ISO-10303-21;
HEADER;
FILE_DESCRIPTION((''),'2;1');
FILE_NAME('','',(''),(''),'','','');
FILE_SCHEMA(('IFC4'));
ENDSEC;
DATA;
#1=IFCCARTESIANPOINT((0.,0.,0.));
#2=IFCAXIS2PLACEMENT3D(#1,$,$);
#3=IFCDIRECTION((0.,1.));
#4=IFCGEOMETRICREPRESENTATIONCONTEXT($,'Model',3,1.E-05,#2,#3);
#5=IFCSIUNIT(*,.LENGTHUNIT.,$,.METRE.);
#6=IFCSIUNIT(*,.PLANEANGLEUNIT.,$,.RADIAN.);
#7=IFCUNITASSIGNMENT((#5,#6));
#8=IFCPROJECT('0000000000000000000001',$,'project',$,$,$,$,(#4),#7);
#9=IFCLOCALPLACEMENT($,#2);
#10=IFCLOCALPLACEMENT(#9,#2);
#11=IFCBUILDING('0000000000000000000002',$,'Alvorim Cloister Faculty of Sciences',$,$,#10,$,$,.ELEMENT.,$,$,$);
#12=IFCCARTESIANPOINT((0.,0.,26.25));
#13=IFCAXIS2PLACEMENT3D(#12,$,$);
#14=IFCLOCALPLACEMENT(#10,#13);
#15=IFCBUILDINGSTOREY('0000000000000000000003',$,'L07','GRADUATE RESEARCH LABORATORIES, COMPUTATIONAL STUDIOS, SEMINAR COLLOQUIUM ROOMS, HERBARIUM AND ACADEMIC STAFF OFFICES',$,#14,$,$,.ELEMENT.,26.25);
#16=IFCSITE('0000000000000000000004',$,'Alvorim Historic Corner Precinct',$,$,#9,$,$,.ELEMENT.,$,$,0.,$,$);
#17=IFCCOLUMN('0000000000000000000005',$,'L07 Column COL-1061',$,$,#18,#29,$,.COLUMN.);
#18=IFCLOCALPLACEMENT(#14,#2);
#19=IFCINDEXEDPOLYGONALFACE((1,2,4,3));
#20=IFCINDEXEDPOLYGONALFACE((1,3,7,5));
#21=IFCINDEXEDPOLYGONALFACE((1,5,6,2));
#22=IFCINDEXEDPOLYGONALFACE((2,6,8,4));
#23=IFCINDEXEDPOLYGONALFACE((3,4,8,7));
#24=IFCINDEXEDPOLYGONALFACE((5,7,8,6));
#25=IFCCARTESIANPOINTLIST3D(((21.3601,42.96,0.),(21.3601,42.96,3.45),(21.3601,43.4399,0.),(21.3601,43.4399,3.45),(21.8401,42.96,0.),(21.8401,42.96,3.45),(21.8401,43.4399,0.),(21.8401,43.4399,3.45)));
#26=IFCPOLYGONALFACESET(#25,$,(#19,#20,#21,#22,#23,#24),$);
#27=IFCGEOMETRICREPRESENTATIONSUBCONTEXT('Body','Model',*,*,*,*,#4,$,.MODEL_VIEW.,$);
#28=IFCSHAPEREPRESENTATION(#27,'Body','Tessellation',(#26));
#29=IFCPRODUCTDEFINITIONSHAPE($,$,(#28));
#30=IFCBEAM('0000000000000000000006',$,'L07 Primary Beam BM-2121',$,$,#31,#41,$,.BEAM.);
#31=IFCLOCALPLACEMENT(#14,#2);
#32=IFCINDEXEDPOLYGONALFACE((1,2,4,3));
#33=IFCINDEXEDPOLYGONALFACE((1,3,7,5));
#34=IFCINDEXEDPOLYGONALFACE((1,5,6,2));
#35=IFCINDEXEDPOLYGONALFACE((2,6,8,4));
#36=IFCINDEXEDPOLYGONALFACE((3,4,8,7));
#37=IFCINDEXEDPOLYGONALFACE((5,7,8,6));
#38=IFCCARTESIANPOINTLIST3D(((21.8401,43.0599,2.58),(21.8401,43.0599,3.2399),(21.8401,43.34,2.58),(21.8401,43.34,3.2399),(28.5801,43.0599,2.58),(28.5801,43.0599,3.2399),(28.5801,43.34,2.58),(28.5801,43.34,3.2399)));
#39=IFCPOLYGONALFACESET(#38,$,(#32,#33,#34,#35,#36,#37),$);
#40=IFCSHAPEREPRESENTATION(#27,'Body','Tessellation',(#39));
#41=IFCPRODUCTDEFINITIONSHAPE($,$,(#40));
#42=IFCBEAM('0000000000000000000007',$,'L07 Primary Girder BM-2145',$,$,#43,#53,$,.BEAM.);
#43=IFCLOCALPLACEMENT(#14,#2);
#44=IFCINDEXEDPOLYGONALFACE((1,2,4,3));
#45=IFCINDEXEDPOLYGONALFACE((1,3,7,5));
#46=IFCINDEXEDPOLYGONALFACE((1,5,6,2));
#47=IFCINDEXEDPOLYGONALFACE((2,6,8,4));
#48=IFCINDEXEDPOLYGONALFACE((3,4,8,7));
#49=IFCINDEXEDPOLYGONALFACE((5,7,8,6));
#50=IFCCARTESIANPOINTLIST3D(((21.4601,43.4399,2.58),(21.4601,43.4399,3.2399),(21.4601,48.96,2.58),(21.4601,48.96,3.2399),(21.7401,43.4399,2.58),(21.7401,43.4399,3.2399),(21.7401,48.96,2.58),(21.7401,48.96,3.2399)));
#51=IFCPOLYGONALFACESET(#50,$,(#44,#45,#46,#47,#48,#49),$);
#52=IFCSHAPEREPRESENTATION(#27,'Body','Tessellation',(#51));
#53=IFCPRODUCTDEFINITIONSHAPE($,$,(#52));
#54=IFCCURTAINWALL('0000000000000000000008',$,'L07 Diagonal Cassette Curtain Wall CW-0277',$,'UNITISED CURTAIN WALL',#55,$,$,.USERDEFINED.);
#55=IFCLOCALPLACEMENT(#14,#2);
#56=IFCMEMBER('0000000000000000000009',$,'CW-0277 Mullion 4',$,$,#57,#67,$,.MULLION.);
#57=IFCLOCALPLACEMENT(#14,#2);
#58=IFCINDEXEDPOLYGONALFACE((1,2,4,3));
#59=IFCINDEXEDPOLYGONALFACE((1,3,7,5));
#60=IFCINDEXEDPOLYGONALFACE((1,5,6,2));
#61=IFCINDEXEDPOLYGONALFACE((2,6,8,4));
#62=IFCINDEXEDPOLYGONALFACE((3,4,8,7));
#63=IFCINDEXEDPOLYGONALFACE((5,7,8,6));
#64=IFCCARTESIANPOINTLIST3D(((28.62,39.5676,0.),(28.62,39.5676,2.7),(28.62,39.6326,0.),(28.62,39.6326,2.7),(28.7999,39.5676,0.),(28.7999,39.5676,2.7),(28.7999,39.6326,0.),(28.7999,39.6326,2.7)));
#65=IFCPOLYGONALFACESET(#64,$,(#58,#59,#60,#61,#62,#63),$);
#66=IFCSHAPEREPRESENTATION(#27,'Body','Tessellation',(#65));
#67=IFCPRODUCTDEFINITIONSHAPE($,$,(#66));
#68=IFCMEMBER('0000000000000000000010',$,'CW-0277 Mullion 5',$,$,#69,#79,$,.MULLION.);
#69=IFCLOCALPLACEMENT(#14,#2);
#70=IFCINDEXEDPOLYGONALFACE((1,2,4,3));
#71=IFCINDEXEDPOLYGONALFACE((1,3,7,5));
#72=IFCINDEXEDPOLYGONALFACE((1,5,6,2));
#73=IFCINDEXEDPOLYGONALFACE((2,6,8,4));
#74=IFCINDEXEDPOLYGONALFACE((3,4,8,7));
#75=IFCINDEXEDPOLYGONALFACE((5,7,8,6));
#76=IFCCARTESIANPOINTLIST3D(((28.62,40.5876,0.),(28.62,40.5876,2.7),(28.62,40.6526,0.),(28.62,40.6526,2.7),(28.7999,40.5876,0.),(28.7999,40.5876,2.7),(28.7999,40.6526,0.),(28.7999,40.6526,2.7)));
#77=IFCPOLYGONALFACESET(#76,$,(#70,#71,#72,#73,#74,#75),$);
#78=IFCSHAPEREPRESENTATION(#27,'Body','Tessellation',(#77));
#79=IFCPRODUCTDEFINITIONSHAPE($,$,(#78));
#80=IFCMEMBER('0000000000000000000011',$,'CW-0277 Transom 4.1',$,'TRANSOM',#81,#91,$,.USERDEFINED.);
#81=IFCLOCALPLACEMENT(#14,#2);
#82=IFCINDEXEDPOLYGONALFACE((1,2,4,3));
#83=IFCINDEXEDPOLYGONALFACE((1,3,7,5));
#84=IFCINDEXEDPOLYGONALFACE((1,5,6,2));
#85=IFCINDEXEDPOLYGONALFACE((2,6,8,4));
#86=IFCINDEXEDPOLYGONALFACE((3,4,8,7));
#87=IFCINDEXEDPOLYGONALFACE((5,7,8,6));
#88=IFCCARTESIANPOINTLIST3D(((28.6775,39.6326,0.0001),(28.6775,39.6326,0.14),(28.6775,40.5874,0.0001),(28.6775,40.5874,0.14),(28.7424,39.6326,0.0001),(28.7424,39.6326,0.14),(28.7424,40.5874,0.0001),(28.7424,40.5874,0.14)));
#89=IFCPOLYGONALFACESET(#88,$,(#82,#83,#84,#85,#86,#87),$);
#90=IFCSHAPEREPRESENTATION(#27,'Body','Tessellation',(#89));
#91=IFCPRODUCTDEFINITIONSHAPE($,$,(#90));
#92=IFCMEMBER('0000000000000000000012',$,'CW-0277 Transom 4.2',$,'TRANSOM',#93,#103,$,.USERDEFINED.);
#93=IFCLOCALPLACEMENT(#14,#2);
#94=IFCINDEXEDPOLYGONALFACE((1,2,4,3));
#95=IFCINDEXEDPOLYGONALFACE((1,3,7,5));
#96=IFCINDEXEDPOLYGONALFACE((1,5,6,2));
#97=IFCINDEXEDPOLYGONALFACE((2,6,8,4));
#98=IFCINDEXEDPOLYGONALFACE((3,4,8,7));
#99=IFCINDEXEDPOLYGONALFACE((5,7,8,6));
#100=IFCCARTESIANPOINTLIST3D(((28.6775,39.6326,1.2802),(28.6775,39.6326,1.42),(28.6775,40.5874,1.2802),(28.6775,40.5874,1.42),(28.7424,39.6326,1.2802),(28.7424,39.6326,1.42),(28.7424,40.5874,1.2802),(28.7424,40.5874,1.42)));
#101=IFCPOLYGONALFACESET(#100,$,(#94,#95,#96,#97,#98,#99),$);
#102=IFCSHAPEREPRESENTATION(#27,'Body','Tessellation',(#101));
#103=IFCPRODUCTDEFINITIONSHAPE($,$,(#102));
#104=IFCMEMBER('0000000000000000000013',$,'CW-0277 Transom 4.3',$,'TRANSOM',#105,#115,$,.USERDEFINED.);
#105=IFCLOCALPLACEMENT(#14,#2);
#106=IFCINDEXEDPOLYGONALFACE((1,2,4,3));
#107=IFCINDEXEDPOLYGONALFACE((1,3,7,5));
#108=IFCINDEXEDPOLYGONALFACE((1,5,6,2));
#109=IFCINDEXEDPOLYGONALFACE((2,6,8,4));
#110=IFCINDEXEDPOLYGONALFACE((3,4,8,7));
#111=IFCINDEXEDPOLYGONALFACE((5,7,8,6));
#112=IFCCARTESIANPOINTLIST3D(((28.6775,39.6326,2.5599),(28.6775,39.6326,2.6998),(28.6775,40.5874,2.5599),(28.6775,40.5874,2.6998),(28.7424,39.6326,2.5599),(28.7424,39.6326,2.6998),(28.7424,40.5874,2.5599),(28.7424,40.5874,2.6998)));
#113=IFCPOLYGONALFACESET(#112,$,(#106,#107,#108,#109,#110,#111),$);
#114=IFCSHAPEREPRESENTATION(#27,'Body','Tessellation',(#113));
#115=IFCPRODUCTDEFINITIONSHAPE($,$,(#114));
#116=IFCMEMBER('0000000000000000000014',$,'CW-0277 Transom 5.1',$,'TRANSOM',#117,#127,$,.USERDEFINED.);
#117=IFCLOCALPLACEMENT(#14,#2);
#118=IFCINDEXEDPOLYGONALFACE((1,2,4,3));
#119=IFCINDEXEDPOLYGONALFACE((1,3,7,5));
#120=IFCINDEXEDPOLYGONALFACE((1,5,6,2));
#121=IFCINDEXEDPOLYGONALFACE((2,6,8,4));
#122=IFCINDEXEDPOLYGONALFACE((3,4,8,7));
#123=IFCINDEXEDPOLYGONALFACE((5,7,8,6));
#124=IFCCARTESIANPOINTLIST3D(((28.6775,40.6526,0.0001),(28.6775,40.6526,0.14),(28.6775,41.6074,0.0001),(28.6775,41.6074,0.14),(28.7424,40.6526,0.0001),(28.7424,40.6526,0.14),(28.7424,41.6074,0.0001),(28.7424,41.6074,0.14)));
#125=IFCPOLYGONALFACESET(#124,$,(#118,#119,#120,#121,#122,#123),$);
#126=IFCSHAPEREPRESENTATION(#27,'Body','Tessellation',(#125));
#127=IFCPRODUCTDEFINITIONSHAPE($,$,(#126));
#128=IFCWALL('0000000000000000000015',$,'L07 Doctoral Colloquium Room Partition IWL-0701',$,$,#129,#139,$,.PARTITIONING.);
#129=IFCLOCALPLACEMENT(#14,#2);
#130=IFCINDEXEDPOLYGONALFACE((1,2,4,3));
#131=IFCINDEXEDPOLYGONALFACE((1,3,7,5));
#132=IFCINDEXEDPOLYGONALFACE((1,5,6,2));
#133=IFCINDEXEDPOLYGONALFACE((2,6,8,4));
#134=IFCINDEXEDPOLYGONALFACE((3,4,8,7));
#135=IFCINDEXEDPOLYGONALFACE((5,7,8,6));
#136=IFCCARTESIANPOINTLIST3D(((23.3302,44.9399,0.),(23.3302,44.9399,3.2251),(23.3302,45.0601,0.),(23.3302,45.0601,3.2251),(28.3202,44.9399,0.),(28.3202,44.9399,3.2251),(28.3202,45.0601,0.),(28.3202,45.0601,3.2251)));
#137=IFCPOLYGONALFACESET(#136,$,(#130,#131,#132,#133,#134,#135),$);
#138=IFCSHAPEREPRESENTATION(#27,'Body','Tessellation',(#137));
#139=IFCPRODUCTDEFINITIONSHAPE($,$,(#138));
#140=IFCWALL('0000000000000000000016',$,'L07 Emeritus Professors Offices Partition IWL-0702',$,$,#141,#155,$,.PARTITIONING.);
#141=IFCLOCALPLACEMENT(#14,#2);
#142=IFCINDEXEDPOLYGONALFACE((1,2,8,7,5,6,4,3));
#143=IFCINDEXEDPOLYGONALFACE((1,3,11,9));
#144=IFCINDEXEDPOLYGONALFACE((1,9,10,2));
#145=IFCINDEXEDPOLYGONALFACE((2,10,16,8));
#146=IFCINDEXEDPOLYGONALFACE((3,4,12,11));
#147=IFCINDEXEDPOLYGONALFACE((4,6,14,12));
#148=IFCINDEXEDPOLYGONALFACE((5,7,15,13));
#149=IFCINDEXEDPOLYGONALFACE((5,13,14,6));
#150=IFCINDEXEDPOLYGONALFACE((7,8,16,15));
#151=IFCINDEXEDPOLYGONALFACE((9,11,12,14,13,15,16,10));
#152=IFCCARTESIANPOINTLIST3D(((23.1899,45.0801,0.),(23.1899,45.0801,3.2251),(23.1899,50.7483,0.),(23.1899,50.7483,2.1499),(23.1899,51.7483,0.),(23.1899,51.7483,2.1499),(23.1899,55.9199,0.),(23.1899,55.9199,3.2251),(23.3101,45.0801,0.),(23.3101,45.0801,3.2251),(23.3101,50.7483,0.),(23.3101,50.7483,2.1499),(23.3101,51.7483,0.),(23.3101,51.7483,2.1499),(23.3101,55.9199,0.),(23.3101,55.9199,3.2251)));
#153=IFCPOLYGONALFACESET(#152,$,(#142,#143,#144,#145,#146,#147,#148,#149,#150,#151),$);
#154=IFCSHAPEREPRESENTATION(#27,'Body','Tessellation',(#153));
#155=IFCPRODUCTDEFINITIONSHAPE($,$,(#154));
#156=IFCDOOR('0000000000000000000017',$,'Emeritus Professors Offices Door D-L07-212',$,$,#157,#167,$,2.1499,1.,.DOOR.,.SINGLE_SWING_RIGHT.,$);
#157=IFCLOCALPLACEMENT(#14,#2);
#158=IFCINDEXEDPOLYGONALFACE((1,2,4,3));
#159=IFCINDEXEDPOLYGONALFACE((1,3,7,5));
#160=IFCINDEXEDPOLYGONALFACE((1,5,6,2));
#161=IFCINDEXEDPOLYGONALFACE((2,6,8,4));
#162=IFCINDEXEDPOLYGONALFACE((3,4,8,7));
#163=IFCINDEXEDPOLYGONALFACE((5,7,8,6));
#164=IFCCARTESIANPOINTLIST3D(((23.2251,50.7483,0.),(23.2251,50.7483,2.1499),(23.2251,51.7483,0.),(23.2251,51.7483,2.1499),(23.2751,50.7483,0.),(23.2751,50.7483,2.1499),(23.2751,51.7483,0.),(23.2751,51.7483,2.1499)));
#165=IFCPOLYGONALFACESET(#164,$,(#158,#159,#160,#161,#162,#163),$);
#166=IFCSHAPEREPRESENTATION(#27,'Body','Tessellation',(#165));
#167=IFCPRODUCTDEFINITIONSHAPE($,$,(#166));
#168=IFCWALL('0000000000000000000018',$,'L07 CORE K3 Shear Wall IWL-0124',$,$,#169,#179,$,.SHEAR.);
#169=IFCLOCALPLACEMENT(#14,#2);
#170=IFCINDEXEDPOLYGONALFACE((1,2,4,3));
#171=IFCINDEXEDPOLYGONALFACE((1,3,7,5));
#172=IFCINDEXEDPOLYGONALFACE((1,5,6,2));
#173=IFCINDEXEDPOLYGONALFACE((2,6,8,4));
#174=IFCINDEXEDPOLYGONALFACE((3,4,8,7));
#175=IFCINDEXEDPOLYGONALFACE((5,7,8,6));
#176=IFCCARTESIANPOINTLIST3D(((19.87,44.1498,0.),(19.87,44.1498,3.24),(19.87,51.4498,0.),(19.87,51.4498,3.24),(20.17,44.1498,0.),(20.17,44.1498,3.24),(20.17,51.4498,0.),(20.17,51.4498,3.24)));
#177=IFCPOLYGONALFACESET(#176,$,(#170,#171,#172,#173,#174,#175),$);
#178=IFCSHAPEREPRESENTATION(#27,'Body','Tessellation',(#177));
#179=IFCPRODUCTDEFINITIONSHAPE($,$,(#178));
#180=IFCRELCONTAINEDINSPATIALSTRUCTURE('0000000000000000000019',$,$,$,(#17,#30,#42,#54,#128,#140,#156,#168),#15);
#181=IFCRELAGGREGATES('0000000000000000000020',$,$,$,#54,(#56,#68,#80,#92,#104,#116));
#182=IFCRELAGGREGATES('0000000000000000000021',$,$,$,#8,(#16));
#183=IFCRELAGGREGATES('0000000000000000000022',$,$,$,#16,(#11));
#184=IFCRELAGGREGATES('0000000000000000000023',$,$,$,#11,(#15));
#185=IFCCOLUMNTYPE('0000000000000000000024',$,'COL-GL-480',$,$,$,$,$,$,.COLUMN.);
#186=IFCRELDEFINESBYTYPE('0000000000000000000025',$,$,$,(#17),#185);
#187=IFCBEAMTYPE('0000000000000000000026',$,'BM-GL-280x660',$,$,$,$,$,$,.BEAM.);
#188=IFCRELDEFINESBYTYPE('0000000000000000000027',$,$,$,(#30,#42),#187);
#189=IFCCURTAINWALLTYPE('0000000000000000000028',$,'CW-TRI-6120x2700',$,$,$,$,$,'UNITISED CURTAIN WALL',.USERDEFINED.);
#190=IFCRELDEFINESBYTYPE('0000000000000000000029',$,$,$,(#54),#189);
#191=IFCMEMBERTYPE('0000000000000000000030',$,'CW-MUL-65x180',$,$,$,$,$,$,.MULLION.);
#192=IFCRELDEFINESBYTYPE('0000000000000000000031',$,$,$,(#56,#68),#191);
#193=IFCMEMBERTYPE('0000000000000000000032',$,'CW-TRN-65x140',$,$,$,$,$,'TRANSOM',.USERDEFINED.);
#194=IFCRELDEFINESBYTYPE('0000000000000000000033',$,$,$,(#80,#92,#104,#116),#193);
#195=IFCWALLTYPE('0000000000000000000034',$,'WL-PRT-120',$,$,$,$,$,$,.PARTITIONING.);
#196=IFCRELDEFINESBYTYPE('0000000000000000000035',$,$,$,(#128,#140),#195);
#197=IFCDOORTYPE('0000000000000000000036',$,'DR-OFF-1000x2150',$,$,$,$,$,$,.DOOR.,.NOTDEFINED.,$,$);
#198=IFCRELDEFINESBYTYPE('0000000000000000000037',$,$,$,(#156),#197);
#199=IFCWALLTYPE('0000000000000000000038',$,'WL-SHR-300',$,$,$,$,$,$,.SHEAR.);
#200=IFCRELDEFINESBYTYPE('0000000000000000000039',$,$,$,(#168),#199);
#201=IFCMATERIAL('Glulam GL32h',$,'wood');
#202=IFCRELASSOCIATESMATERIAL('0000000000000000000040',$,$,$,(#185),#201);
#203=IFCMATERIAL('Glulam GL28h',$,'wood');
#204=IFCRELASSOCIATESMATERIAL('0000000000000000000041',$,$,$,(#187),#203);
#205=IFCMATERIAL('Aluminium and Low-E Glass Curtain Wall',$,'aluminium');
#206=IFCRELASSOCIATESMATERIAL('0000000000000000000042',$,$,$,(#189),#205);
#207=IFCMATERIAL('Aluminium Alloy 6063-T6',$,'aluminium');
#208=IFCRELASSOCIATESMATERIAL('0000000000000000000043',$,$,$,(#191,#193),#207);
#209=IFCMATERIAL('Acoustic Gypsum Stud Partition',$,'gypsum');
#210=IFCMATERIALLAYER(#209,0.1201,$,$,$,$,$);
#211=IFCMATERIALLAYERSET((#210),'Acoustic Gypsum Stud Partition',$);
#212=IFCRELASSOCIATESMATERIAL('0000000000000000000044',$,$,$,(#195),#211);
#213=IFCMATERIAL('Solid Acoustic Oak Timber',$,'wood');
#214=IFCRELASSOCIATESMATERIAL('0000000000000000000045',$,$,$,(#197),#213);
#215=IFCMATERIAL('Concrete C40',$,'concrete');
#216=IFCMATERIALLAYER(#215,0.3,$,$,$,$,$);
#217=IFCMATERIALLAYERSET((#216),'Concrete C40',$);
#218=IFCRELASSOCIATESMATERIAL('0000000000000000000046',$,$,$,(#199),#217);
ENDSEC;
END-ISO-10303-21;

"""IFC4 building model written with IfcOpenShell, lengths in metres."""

from ifc_helpers import new_model, si_unit, direction, frame, frame_2d, origin, origin_2d, place, context, subcontext, project, spatial, rectangle, extrude, material, layer, layer_set, material_profile, profile_set, type_object, element, fill, aggregate, save


model = new_model("IFC4")

# Units and contexts
model_context = context("Model", 3, precision=1e-05, world=origin(), true_north=direction((0.0, 1.0)))
body_context = subcontext(model_context, "Body", "Model", "MODEL_VIEW")
ifc_project = project(units=[si_unit("LENGTHUNIT", "METRE"), si_unit("PLANEANGLEUNIT", "RADIAN")], contexts=[model_context])

# Site, building, storey
site_placement = place(None, origin())
site = spatial("IfcSite", under=ifc_project, at=site_placement, Name="Alvorim Historic Corner Precinct", CompositionType="ELEMENT", RefElevation=0.0)
building_placement = place(site_placement, origin())
building = spatial("IfcBuilding", under=site, at=building_placement, Name="Alvorim Cloister Faculty of Sciences", CompositionType="ELEMENT")
storey_placement = place(building_placement, frame((0.0, 0.0, 26.25)))
storey = spatial("IfcBuildingStorey", under=building, at=storey_placement, Name="L07", Description="GRADUATE RESEARCH LABORATORIES, COMPUTATIONAL STUDIOS, SEMINAR COLLOQUIUM ROOMS, HERBARIUM AND ACADEMIC STAFF OFFICES", CompositionType="ELEMENT", Elevation=26.25)

# Column
ifc_material_1 = material(Name="Glulam GL32h", Category="wood")
ifc_material_profile_1 = material_profile(ifc_material_1, rectangle(XDim=0.48, YDim=0.48, at=origin_2d()), Name="GL32-COL-480x480")
ifc_profile_set_1 = profile_set([ifc_material_profile_1], Name="Glulam GL32h")
column_type = type_object("IfcColumnType", Name="COL-GL-480", PredefinedType="COLUMN", material=ifc_profile_set_1)
column_placement = place(storey_placement, frame((21.6001, 43.2, 0.0), z_axis=(0.0, 0.0, 1.0), x_axis=(1.0, 0.0, 0.0)))
element("IfcColumn", 1, at=column_placement, inside=storey, type_object=column_type, Name="L07 Column COL-1061", PredefinedType="COLUMN", context=body_context, shape_type="SweptSolid", body=[
    extrude(rectangle(XDim=0.48, YDim=0.48, at=origin_2d()), origin(), (0.0, 0.0, 1.0), 3.45),
])

# Beams
ifc_material_2 = material(Name="Glulam GL28h", Category="wood")
ifc_material_profile_2 = material_profile(ifc_material_2, rectangle(XDim=0.28, YDim=0.6599, at=origin_2d()), Name="GL28-BM-280x660")
ifc_profile_set_2 = profile_set([ifc_material_profile_2], Name="Glulam GL28h")
beam_type = type_object("IfcBeamType", Name="BM-GL-280x660", PredefinedType="BEAM", material=ifc_profile_set_2)
beam_1_placement = place(storey_placement, frame((21.8401, 43.2, 2.9099), z_axis=(1.0, 0.0, 0.0), x_axis=(0.0, 1.0, 0.0)))
element("IfcBeam", 2, at=beam_1_placement, inside=storey, type_object=beam_type, Name="L07 Primary Beam BM-2121", PredefinedType="BEAM", context=body_context, shape_type="SweptSolid", body=[
    extrude(rectangle(XDim=0.28, YDim=0.6599, at=origin_2d()), origin(), (0.0, 0.0, 1.0), 6.74),
])
beam_2_placement = place(storey_placement, frame((21.6001, 43.4399, 2.9099), z_axis=(0.0, 1.0, 0.0), x_axis=(-1.0, 0.0, 0.0)))
element("IfcBeam", 3, at=beam_2_placement, inside=storey, type_object=beam_type, Name="L07 Primary Girder BM-2145", PredefinedType="BEAM", context=body_context, shape_type="SweptSolid", body=[
    extrude(rectangle(XDim=0.28, YDim=0.6599, at=origin_2d()), origin(), (0.0, 0.0, 1.0), 5.52),
])

# Curtain wall, members
ifc_material_3 = material(Name="Aluminium and Low-E Glass Curtain Wall", Category="aluminium")
curtain_wall_type = type_object("IfcCurtainWallType", Name="CW-TRI-6120x2700", ElementType="UNITISED CURTAIN WALL", PredefinedType="USERDEFINED", material=ifc_material_3)
curtain_wall_placement = place(storey_placement, origin())
curtain_wall = element("IfcCurtainWall", 4, at=curtain_wall_placement, inside=storey, type_object=curtain_wall_type, Name="L07 Diagonal Cassette Curtain Wall CW-0277", ObjectType="UNITISED CURTAIN WALL", PredefinedType="USERDEFINED")
ifc_material_4 = material(Name="Aluminium Alloy 6063-T6", Category="aluminium")
ifc_material_profile_3 = material_profile(ifc_material_4, rectangle(XDim=0.0649, YDim=0.1799, at=origin_2d()), Name="ALU-MUL-65x180")
ifc_profile_set_3 = profile_set([ifc_material_profile_3], Name="Aluminium Alloy 6063-T6")
member_type_1 = type_object("IfcMemberType", Name="CW-MUL-65x180", PredefinedType="MULLION", material=ifc_profile_set_3)
member_1_placement = place(storey_placement, frame((28.71, 39.6001, 0.0), z_axis=(0.0, 0.0, 1.0), x_axis=(0.0, 1.0, 0.0)))
member_1 = element("IfcMember", 5, at=member_1_placement, type_object=member_type_1, Name="CW-0277 Mullion 4", PredefinedType="MULLION", context=body_context, shape_type="SweptSolid", body=[
    extrude(rectangle(XDim=0.0649, YDim=0.1799, at=origin_2d()), origin(), (0.0, 0.0, 1.0), 2.7),
])
member_2_placement = place(storey_placement, frame((28.71, 40.6201, 0.0), z_axis=(0.0, 0.0, 1.0), x_axis=(0.0, 1.0, 0.0)))
member_2 = element("IfcMember", 6, at=member_2_placement, type_object=member_type_1, Name="CW-0277 Mullion 5", PredefinedType="MULLION", context=body_context, shape_type="SweptSolid", body=[
    extrude(rectangle(XDim=0.0649, YDim=0.1799, at=origin_2d()), origin(), (0.0, 0.0, 1.0), 2.7),
])
ifc_material_profile_4 = material_profile(ifc_material_4, rectangle(XDim=0.0649, YDim=0.1399, at=origin_2d()), Name="ALU-TRN-65x140")
ifc_profile_set_4 = profile_set([ifc_material_profile_4], Name="Aluminium Alloy 6063-T6")
member_type_2 = type_object("IfcMemberType", Name="CW-TRN-65x140", ElementType="TRANSOM", PredefinedType="USERDEFINED", material=ifc_profile_set_4)
member_3_placement = place(storey_placement, frame((28.71, 39.6326, 0.0701), z_axis=(0.0, 1.0, 0.0), x_axis=(-1.0, 0.0, 0.0)))
member_3 = element("IfcMember", 7, at=member_3_placement, type_object=member_type_2, Name="CW-0277 Transom 4.1", ObjectType="TRANSOM", PredefinedType="USERDEFINED", context=body_context, shape_type="SweptSolid", body=[
    extrude(rectangle(XDim=0.0649, YDim=0.1399, at=origin_2d()), origin(), (0.0, 0.0, 1.0), 0.9548),
])
member_4_placement = place(storey_placement, frame((28.71, 39.6326, 1.3501), z_axis=(0.0, 1.0, 0.0), x_axis=(-1.0, 0.0, 0.0)))
member_4 = element("IfcMember", 8, at=member_4_placement, type_object=member_type_2, Name="CW-0277 Transom 4.2", ObjectType="TRANSOM", PredefinedType="USERDEFINED", context=body_context, shape_type="SweptSolid", body=[
    extrude(rectangle(XDim=0.0649, YDim=0.1399, at=origin_2d()), origin(), (0.0, 0.0, 1.0), 0.9548),
])
member_5_placement = place(storey_placement, frame((28.71, 39.6326, 2.6299), z_axis=(0.0, 1.0, 0.0), x_axis=(-1.0, 0.0, 0.0)))
member_5 = element("IfcMember", 9, at=member_5_placement, type_object=member_type_2, Name="CW-0277 Transom 4.3", ObjectType="TRANSOM", PredefinedType="USERDEFINED", context=body_context, shape_type="SweptSolid", body=[
    extrude(rectangle(XDim=0.0649, YDim=0.1399, at=origin_2d()), origin(), (0.0, 0.0, 1.0), 0.9548),
])
member_6_placement = place(storey_placement, frame((28.71, 40.6526, 0.0701), z_axis=(0.0, 1.0, 0.0), x_axis=(-1.0, 0.0, 0.0)))
member_6 = element("IfcMember", 10, at=member_6_placement, type_object=member_type_2, Name="CW-0277 Transom 5.1", ObjectType="TRANSOM", PredefinedType="USERDEFINED", context=body_context, shape_type="SweptSolid", body=[
    extrude(rectangle(XDim=0.0649, YDim=0.1399, at=origin_2d()), origin(), (0.0, 0.0, 1.0), 0.9548),
])
aggregate(curtain_wall, [member_1, member_2, member_3, member_4, member_5, member_6])

# Wall
ifc_material_5 = material(Name="Acoustic Gypsum Stud Partition", Category="gypsum")
ifc_layer_1 = layer(ifc_material_5, 0.1201)
ifc_layer_set_1 = layer_set([ifc_layer_1], Name="Acoustic Gypsum Stud Partition")
wall_type_1 = type_object("IfcWallType", Name="WL-PRT-120", PredefinedType="PARTITIONING", material=ifc_layer_set_1)
wall_1_placement = place(storey_placement, frame((23.3301, 45.0, 0.0), z_axis=(0.0, 0.0, 1.0), x_axis=(1.0, 0.0, 0.0)))
element("IfcWall", 11, at=wall_1_placement, inside=storey, type_object=wall_type_1, Name="L07 Doctoral Colloquium Room Partition IWL-0701", PredefinedType="PARTITIONING", context=body_context, shape_type="SweptSolid", body=[
    extrude(rectangle(XDim=4.99, YDim=0.1201, at=frame_2d((2.4951, 0.0))), origin(), (0.0, 0.0, 1.0), 3.2251),
])

# Wall, opening, door
wall_2_placement = place(storey_placement, frame((23.25, 45.0801, 0.0), z_axis=(0.0, 0.0, 1.0), x_axis=(0.0, 1.0, 0.0)))
wall_2 = element("IfcWall", 12, at=wall_2_placement, inside=storey, type_object=wall_type_1, Name="L07 Emeritus Professors Offices Partition IWL-0702", PredefinedType="PARTITIONING", context=body_context, shape_type="SweptSolid", body=[
    extrude(rectangle(XDim=10.8398, YDim=0.1201, at=frame_2d((5.4199, 0.0))), origin(), (0.0, 0.0, 1.0), 3.2251),
])
opening_1_placement = place(wall_2_placement, frame((5.6682, 0.0, 0.0)))
opening_1 = element("IfcOpeningElement", 13, at=opening_1_placement, cuts=wall_2, PredefinedType="OPENING", context=body_context, shape_type="SweptSolid", body=[
    extrude(rectangle(XDim=1.0, YDim=2.1499, at=frame_2d((0.5, 1.075))), frame((0.0, 0.072, 0.0), z_axis=(0.0, -1.0, 0.0), x_axis=(1.0, 0.0, 0.0)), (0.0, 0.0, 1.0), 0.144),
])
ifc_material_6 = material(Name="Solid Acoustic Oak Timber", Category="wood")
door_type_1 = type_object("IfcDoorType", Name="DR-OFF-1000x2150", OperationType="NOTDEFINED", PredefinedType="DOOR", material=ifc_material_6)
door_1_placement = place(opening_1_placement, origin())
door_1 = element("IfcDoor", 14, at=door_1_placement, inside=storey, type_object=door_type_1, Name="Emeritus Professors Offices Door D-L07-212", OperationType="SINGLE_SWING_RIGHT", OverallHeight=2.1499, OverallWidth=1.0, PredefinedType="DOOR", context=body_context, shape_type="SweptSolid", body=[
    extrude(rectangle(XDim=1.0, YDim=2.1499, at=frame_2d((0.5, 1.075))), frame((0.0, 0.0249, 0.0), z_axis=(0.0, -1.0, 0.0), x_axis=(1.0, 0.0, 0.0)), (0.0, 0.0, 1.0), 0.05),
])
fill(opening_1, door_1)

# Wall
ifc_material_7 = material(Name="Concrete C40", Category="concrete")
ifc_layer_2 = layer(ifc_material_7, 0.3)
ifc_layer_set_2 = layer_set([ifc_layer_2], Name="Concrete C40")
wall_type_2 = type_object("IfcWallType", Name="WL-SHR-300", PredefinedType="SHEAR", material=ifc_layer_set_2)
wall_3_placement = place(storey_placement, frame((20.02, 44.1499, 0.0), z_axis=(0.0, 0.0, 1.0), x_axis=(0.0, 1.0, 0.0)))
element("IfcWall", 15, at=wall_3_placement, inside=storey, type_object=wall_type_2, Name="L07 CORE K3 Shear Wall IWL-0124", PredefinedType="SHEAR", context=body_context, shape_type="SweptSolid", body=[
    extrude(rectangle(XDim=7.3, YDim=0.3, at=frame_2d((3.6499, 0.0))), origin(), (0.0, 0.0, 1.0), 3.24),
])

save(model, "model.ifc")
